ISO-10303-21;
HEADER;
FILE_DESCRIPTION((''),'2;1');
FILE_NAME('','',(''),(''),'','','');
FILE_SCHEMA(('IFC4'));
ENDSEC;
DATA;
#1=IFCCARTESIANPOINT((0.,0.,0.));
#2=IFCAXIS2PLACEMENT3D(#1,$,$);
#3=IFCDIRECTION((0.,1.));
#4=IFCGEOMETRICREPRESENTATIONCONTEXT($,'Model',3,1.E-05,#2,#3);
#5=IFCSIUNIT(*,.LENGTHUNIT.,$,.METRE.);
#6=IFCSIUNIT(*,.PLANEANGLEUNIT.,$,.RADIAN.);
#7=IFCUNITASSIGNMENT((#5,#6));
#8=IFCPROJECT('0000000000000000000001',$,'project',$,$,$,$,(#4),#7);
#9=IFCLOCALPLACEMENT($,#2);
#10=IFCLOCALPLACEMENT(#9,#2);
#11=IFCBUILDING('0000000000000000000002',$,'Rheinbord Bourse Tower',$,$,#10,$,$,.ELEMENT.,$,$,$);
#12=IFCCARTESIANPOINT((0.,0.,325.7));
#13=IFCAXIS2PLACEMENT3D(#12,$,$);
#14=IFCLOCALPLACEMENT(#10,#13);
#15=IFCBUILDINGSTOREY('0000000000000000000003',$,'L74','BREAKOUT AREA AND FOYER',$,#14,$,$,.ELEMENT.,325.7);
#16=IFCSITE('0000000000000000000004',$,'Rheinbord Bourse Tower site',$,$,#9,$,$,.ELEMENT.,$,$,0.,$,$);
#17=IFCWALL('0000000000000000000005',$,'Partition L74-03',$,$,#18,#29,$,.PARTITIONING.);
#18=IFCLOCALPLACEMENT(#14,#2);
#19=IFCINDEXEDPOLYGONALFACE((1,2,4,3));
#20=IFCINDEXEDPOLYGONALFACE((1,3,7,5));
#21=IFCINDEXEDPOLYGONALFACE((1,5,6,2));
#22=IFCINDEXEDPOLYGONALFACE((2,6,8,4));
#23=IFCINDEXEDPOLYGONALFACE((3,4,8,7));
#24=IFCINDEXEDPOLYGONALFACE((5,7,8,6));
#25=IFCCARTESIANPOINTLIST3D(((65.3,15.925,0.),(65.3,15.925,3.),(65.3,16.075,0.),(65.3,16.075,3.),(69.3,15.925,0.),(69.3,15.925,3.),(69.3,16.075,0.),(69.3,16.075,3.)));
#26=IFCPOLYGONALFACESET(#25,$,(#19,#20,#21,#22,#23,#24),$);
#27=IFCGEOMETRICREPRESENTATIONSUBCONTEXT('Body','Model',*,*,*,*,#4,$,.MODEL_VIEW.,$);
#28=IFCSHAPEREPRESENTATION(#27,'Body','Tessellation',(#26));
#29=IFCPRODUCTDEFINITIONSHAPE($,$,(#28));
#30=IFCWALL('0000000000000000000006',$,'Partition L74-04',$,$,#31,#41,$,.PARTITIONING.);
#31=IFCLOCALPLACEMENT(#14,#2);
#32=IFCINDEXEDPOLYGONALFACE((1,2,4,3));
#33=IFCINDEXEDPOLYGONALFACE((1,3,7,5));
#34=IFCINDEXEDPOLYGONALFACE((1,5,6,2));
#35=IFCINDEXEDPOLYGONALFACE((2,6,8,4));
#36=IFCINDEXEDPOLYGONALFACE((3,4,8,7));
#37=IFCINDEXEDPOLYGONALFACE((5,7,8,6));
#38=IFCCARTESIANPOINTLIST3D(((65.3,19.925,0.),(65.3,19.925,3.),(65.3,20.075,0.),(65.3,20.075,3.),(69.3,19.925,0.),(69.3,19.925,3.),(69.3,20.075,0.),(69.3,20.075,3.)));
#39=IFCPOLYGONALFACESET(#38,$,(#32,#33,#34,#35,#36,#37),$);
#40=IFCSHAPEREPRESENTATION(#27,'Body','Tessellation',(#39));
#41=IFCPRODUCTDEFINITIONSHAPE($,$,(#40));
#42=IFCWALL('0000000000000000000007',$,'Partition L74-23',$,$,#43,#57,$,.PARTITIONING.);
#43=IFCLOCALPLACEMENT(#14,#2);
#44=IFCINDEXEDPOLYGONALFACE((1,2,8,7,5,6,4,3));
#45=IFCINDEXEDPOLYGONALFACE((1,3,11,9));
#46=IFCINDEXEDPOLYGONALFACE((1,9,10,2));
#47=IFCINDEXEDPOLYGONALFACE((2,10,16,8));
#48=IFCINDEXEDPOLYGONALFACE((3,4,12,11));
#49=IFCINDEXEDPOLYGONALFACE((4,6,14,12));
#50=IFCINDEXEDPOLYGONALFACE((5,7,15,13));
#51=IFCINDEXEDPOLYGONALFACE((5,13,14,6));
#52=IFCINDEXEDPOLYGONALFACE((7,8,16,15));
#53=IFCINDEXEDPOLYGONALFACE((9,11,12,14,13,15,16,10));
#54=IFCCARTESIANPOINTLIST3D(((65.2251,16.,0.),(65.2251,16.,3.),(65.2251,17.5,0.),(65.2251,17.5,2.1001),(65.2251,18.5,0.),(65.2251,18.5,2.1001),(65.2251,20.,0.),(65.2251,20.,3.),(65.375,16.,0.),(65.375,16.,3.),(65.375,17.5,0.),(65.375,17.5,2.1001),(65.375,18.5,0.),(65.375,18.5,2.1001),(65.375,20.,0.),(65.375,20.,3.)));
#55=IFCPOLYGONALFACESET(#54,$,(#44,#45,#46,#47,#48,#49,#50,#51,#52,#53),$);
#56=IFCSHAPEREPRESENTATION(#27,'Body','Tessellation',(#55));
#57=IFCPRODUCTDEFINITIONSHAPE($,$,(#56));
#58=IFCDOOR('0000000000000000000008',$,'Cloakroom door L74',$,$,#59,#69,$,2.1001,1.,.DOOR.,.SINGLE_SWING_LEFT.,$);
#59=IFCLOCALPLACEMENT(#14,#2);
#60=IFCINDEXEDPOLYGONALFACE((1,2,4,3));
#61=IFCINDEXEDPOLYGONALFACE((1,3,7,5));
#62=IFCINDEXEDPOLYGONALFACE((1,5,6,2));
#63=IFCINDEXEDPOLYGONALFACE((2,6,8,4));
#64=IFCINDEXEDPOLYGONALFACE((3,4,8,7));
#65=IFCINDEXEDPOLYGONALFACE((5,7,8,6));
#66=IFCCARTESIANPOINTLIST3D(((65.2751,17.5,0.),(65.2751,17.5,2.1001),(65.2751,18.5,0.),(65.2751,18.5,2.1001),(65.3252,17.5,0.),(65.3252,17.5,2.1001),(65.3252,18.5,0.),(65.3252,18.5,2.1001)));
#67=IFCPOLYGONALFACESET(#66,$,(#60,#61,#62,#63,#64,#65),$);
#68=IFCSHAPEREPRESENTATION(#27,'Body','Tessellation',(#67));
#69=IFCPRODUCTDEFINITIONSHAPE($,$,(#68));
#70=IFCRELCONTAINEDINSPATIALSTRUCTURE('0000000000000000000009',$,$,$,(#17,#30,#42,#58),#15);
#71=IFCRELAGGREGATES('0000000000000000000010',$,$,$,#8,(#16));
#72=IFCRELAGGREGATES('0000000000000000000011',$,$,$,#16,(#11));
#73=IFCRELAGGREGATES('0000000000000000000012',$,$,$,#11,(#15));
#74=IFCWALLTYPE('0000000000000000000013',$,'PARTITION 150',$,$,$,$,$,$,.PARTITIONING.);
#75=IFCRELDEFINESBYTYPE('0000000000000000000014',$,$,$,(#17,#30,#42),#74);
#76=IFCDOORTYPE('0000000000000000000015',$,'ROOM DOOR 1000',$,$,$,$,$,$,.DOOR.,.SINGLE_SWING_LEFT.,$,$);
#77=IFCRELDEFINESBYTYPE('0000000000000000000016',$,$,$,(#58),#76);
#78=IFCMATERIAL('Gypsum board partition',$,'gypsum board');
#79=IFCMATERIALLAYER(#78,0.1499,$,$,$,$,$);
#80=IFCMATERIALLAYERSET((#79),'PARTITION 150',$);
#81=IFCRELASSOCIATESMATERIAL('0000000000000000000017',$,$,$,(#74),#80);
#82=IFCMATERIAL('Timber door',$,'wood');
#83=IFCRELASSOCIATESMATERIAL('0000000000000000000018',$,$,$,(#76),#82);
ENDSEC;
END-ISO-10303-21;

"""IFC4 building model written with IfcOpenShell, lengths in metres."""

from ifc_helpers import new_model, si_unit, direction, frame, frame_2d, origin, place, context, subcontext, project, spatial, rectangle, extrude, material, layer, layer_set, type_object, element, fill, save


model = new_model("IFC4")

# Units and contexts
model_context = context("Model", 3, precision=1e-05, world=origin(), true_north=direction((0.0, 1.0)))
body_context = subcontext(model_context, "Body", "Model", "MODEL_VIEW")
ifc_project = project(units=[si_unit("LENGTHUNIT", "METRE"), si_unit("PLANEANGLEUNIT", "RADIAN")], contexts=[model_context])

# Site, building, storey
site_placement = place(None, origin())
site = spatial("IfcSite", under=ifc_project, at=site_placement, Name="Rheinbord Bourse Tower site", CompositionType="ELEMENT", RefElevation=0.0)
building_placement = place(site_placement, origin())
building = spatial("IfcBuilding", under=site, at=building_placement, Name="Rheinbord Bourse Tower", CompositionType="ELEMENT")
storey_placement = place(building_placement, frame((0.0, 0.0, 325.7)))
storey = spatial("IfcBuildingStorey", under=building, at=storey_placement, Name="L74", Description="BREAKOUT AREA AND FOYER", CompositionType="ELEMENT", Elevation=325.7)

# Walls
ifc_material_1 = material(Name="Gypsum board partition", Category="gypsum board")
ifc_layer_1 = layer(ifc_material_1, 0.1499)
ifc_layer_set_1 = layer_set([ifc_layer_1], Name="PARTITION 150")
wall_type = type_object("IfcWallType", Name="PARTITION 150", PredefinedType="PARTITIONING", material=ifc_layer_set_1)
for number, where, z_axis, x_axis, name in (
    (1, (65.3, 16.0, 0.0), (0.0, 0.0, 1.0), (1.0, 0.0, 0.0), "Partition L74-03"),
    (2, (65.3, 20.0, 0.0), (0.0, 0.0, 1.0), (1.0, 0.0, 0.0), "Partition L74-04"),
):
    element("IfcWall", number, at=place(storey_placement, frame(where, z_axis=z_axis, x_axis=x_axis)), inside=storey, type_object=wall_type, Name=name, PredefinedType="PARTITIONING", context=body_context, shape_type="SweptSolid", body=[
        extrude(rectangle(XDim=4.0, YDim=0.1499, at=frame_2d((2.0, 0.0))), origin(), (0.0, 0.0, 1.0), 3.0),
    ])

# Wall, opening, door
wall_placement = place(storey_placement, frame((65.3, 16.0, 0.0), z_axis=(0.0, 0.0, 1.0), x_axis=(0.0, 1.0, 0.0)))
wall = element("IfcWall", 3, at=wall_placement, inside=storey, type_object=wall_type, Name="Partition L74-23", PredefinedType="PARTITIONING", context=body_context, shape_type="SweptSolid", body=[
    extrude(rectangle(XDim=4.0, YDim=0.1499, at=frame_2d((2.0, 0.0))), origin(), (0.0, 0.0, 1.0), 3.0),
])
opening_placement = place(wall_placement, frame((1.5, 0.0, 0.0)))
opening = element("IfcOpeningElement", 4, at=opening_placement, cuts=wall, PredefinedType="OPENING", context=body_context, shape_type="SweptSolid", body=[
    extrude(rectangle(XDim=1.0, YDim=2.1001, at=frame_2d((0.5, 1.05))), frame((0.0, 0.085, 0.0), z_axis=(0.0, -1.0, 0.0), x_axis=(1.0, 0.0, 0.0)), (0.0, 0.0, 1.0), 0.1699),
])
ifc_material_2 = material(Name="Timber door", Category="wood")
door_type = type_object("IfcDoorType", Name="ROOM DOOR 1000", OperationType="SINGLE_SWING_LEFT", PredefinedType="DOOR", material=ifc_material_2)
door_placement = place(opening_placement, origin())
door = element("IfcDoor", 5, at=door_placement, inside=storey, type_object=door_type, Name="Cloakroom door L74", OperationType="SINGLE_SWING_LEFT", OverallHeight=2.1001, OverallWidth=1.0, PredefinedType="DOOR", context=body_context, shape_type="SweptSolid", body=[
    extrude(rectangle(XDim=1.0, YDim=2.1001, at=frame_2d((0.5, 1.05))), frame((0.0, 0.0249, 0.0), z_axis=(0.0, -1.0, 0.0), x_axis=(1.0, 0.0, 0.0)), (0.0, 0.0, 1.0), 0.05),
])
fill(opening, door)

save(model, "model.ifc")
